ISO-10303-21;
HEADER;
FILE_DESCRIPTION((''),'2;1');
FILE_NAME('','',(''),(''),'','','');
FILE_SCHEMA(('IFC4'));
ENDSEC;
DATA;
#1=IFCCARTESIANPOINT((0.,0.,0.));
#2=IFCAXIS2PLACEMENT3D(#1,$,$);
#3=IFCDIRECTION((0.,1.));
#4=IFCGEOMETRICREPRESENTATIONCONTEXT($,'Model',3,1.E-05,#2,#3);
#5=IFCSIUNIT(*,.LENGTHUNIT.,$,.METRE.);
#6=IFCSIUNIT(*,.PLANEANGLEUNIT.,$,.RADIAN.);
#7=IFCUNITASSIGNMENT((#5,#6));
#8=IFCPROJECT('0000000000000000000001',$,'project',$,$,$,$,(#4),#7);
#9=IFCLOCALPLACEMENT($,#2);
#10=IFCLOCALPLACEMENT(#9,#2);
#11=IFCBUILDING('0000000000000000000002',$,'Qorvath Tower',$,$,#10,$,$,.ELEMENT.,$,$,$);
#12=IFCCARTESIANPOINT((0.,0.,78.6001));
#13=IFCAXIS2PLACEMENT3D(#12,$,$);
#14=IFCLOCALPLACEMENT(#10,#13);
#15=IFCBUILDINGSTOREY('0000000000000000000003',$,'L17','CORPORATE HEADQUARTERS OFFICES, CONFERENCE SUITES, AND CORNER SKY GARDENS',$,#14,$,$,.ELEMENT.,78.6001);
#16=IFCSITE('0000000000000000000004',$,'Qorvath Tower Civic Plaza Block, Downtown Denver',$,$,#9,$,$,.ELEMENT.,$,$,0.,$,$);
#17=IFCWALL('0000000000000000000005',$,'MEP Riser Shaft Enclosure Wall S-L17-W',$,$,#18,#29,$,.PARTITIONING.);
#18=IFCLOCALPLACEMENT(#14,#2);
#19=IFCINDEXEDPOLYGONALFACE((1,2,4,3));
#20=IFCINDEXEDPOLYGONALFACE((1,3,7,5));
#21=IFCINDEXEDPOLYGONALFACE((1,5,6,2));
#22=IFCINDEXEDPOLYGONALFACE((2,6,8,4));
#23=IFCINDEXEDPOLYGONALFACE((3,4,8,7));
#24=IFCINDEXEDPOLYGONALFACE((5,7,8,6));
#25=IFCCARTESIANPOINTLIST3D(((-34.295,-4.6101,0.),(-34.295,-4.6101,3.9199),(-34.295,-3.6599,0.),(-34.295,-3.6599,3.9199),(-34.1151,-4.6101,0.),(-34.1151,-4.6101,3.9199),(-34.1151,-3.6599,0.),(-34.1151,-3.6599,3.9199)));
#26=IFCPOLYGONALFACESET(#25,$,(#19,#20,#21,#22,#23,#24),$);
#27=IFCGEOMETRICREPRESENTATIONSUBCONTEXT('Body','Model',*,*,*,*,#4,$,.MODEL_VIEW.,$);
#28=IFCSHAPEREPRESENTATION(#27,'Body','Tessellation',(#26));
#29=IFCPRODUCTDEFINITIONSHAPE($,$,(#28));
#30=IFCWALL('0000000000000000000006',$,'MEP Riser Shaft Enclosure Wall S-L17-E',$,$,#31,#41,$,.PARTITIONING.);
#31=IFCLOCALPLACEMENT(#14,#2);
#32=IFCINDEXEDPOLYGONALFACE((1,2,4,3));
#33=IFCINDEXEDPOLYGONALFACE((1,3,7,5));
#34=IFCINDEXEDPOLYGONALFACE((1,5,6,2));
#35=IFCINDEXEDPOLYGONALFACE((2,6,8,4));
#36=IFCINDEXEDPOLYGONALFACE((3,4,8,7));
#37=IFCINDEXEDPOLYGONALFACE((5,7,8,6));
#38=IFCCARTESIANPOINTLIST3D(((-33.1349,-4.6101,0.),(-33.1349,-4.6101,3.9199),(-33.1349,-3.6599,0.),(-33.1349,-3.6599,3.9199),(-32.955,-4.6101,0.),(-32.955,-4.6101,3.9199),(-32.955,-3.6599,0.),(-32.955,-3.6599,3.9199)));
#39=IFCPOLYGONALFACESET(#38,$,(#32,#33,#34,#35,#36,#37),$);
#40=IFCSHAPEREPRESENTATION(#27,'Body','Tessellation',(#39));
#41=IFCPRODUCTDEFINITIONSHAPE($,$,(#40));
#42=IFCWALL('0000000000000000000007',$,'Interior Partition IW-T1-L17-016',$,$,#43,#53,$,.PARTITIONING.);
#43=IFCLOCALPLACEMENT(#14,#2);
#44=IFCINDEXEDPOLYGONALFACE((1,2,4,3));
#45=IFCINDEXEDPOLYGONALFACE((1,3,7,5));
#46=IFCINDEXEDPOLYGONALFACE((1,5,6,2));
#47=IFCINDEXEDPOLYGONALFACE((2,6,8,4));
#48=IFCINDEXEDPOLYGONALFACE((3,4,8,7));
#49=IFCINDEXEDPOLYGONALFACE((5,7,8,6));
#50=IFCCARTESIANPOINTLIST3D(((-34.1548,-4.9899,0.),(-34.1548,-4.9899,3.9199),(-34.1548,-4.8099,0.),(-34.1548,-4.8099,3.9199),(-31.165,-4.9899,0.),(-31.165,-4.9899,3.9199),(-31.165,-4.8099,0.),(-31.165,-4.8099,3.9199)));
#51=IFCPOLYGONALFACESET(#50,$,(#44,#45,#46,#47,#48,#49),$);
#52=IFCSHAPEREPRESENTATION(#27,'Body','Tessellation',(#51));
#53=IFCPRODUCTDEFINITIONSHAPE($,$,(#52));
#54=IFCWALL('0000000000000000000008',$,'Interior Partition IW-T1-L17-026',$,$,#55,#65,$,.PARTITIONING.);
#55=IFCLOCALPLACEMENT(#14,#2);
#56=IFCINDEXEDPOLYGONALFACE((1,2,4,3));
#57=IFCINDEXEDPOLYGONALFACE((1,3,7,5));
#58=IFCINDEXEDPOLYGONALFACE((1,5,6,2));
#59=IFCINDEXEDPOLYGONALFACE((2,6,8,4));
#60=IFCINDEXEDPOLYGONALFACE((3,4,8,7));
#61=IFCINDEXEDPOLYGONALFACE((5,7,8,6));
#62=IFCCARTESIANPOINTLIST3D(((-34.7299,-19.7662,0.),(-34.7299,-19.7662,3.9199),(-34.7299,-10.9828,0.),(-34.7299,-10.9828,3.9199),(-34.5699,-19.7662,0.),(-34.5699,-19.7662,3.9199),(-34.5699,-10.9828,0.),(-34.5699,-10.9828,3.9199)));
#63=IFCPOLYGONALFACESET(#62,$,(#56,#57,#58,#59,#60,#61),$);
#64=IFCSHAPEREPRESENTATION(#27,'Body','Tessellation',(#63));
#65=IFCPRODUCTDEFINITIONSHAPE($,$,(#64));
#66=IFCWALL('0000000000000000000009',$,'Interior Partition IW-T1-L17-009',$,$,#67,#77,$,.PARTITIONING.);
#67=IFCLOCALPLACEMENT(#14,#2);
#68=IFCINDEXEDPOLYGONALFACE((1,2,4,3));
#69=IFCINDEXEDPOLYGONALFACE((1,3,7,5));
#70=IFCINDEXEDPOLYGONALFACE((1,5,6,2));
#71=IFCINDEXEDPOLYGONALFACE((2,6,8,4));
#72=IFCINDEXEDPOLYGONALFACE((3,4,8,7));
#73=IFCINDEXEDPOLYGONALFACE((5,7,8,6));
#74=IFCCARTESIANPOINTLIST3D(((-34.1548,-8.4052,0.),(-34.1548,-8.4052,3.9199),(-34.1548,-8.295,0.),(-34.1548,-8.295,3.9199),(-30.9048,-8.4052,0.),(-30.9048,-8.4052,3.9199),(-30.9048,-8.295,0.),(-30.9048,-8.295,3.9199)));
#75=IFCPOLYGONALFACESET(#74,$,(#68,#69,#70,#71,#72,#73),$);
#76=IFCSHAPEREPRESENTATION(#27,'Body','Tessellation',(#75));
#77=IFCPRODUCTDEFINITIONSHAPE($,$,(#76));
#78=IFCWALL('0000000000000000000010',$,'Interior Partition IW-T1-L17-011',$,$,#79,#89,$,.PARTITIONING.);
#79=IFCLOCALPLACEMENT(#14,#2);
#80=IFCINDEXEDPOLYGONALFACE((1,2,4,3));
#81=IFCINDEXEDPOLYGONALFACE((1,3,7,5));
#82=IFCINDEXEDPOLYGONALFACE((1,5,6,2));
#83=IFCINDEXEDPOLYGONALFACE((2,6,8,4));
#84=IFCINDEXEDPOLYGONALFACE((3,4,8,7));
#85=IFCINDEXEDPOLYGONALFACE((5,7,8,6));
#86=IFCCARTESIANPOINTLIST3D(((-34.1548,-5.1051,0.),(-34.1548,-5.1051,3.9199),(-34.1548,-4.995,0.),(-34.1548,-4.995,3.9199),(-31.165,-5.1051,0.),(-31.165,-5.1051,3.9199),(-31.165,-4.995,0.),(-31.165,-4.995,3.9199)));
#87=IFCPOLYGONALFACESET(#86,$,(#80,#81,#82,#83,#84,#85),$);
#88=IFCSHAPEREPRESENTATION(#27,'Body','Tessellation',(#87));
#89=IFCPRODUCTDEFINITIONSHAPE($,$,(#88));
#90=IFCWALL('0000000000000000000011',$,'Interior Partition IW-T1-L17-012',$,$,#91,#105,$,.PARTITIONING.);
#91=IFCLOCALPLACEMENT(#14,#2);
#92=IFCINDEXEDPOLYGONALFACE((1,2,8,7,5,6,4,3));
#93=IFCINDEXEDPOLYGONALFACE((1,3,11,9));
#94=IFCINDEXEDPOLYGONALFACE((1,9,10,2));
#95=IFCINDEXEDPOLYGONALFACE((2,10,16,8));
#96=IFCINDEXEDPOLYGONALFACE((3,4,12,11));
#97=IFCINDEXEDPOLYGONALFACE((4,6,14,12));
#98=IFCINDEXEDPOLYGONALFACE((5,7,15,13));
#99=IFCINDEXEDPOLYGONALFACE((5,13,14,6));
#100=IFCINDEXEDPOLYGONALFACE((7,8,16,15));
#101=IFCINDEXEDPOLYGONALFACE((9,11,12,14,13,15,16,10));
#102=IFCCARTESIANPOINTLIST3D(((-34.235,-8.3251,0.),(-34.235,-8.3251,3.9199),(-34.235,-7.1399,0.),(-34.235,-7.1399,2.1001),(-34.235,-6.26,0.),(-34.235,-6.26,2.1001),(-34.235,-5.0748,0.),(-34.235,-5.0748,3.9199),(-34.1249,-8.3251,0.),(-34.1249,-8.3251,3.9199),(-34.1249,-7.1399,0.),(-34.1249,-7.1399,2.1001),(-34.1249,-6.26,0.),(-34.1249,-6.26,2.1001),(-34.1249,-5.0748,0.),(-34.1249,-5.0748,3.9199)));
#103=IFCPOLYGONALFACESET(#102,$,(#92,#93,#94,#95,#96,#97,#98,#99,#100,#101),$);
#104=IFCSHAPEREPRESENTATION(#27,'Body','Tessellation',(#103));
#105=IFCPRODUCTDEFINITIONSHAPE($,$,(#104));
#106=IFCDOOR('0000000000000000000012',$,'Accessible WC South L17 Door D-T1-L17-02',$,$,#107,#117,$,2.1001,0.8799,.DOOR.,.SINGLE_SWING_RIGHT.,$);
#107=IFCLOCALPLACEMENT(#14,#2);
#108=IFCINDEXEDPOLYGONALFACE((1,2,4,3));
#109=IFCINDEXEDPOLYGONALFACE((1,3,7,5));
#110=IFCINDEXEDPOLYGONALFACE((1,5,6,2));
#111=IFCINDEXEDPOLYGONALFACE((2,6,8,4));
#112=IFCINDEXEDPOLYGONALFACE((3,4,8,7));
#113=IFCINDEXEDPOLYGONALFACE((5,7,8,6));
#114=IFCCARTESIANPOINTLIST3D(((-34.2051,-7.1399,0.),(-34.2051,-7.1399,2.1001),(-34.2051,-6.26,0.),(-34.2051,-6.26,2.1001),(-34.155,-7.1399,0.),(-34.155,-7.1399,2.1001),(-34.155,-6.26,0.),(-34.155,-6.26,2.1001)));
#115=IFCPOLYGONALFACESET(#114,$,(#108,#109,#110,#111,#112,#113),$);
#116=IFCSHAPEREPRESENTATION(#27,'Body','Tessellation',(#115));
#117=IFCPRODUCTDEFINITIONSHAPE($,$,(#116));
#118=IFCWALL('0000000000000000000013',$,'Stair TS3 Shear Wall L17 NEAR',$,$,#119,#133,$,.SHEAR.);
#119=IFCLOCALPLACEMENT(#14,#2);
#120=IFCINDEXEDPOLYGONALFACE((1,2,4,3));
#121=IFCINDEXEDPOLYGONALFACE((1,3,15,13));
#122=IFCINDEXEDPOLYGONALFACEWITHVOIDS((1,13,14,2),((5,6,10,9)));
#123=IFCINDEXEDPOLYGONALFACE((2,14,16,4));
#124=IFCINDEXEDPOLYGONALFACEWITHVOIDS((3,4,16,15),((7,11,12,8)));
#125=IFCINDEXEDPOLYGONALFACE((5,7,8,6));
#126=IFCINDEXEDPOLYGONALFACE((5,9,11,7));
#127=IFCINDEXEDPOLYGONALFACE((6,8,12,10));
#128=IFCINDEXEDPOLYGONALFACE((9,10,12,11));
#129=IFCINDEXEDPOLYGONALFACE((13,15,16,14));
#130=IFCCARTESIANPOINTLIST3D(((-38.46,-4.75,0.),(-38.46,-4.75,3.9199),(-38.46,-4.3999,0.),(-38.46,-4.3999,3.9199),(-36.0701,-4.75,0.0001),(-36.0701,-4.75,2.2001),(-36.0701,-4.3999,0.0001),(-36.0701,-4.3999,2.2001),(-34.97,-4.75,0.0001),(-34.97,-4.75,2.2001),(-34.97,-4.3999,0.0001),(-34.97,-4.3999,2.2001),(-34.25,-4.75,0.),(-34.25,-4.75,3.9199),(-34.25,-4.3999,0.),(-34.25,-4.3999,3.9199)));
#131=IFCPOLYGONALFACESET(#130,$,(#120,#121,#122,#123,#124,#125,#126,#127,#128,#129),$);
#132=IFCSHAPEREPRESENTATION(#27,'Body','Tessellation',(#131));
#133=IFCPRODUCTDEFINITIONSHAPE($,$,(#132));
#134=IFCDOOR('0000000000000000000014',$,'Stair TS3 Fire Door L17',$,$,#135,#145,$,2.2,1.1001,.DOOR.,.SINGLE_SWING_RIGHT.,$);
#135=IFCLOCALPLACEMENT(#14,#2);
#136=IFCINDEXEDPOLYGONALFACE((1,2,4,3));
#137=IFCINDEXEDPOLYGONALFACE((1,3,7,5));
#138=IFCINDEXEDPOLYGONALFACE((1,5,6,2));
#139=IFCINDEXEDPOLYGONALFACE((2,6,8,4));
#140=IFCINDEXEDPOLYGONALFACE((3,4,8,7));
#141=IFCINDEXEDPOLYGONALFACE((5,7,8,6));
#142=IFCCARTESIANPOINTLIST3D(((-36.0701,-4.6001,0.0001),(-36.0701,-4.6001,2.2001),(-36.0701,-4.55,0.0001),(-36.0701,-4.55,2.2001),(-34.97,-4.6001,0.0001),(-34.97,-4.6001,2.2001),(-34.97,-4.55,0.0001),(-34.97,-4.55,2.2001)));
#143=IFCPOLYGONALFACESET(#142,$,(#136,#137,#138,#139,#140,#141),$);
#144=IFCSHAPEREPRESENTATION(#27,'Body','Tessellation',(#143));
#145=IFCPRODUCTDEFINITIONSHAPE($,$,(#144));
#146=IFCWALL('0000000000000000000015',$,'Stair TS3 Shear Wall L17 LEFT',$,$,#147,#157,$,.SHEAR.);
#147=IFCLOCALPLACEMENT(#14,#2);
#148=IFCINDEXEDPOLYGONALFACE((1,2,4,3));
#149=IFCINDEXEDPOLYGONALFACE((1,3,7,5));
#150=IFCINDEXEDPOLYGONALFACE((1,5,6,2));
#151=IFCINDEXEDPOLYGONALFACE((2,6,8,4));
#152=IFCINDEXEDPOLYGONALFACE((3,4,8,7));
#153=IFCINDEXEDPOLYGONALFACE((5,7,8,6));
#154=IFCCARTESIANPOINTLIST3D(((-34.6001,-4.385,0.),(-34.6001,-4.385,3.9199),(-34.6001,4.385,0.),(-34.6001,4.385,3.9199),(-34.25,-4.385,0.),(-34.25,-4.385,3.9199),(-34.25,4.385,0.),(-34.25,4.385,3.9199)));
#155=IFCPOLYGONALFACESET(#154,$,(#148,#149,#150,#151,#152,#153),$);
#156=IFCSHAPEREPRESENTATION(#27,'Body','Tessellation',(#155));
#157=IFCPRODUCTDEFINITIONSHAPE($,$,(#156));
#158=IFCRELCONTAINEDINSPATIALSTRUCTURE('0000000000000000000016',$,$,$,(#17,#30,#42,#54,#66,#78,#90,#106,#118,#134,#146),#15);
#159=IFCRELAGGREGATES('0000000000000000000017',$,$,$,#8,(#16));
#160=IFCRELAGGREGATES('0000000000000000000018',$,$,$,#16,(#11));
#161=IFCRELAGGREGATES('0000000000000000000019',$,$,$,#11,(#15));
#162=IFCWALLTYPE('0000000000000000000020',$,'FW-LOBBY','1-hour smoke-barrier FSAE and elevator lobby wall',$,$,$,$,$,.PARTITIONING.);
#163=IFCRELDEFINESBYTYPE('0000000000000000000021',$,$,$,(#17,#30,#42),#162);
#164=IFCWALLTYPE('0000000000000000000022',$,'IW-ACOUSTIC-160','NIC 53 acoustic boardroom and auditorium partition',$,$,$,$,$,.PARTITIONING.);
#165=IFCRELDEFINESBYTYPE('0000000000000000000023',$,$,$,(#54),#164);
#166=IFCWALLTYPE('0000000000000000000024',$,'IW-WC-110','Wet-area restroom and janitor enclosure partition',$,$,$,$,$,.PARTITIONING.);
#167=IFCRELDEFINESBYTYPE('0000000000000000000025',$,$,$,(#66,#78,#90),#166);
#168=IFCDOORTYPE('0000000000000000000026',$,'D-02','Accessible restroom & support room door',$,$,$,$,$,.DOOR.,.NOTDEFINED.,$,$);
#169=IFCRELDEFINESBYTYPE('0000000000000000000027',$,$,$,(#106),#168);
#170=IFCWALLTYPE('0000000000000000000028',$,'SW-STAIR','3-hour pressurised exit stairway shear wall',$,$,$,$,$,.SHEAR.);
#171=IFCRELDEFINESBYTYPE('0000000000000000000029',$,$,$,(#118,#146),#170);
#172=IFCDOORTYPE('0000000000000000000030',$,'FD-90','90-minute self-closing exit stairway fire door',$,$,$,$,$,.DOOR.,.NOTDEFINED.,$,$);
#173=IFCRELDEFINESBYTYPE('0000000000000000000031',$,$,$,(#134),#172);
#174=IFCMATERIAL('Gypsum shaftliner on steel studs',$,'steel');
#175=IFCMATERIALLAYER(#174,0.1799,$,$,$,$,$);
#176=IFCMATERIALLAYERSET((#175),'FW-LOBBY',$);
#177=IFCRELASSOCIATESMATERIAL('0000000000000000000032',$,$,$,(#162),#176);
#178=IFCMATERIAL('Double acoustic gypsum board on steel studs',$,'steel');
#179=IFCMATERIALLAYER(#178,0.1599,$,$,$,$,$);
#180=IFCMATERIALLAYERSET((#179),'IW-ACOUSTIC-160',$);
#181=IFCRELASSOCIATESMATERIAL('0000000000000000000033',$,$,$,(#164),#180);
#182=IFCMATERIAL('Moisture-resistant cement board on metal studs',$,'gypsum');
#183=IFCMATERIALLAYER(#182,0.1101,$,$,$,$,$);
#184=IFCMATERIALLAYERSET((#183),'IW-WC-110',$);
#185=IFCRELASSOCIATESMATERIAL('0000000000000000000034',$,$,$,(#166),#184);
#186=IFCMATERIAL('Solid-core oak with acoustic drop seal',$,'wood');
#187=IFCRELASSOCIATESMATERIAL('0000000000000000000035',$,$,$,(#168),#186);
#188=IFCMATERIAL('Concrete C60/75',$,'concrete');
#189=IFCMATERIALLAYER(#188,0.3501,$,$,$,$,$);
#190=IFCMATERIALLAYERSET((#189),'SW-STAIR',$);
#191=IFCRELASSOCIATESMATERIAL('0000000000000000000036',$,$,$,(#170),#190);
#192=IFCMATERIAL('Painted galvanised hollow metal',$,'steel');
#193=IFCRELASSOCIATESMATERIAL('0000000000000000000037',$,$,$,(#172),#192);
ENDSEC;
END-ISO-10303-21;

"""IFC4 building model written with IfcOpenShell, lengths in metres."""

from ifc_helpers import new_model, si_unit, direction, frame, frame_2d, origin, place, context, subcontext, project, spatial, rectangle, extrude, material, layer, layer_set, type_object, element, fill, save


model = new_model("IFC4")

# Units and contexts
model_context = context("Model", 3, precision=1e-05, world=origin(), true_north=direction((0.0, 1.0)))
body_context = subcontext(model_context, "Body", "Model", "MODEL_VIEW")
ifc_project = project(units=[si_unit("LENGTHUNIT", "METRE"), si_unit("PLANEANGLEUNIT", "RADIAN")], contexts=[model_context])

# Site, building, storey
site_placement = place(None, origin())
site = spatial("IfcSite", under=ifc_project, at=site_placement, Name="Qorvath Tower Civic Plaza Block, Downtown Denver", CompositionType="ELEMENT", RefElevation=0.0)
building_placement = place(site_placement, origin())
building = spatial("IfcBuilding", under=site, at=building_placement, Name="Qorvath Tower", CompositionType="ELEMENT")
storey_placement = place(building_placement, frame((0.0, 0.0, 78.6001)))
storey = spatial("IfcBuildingStorey", under=building, at=storey_placement, Name="L17", Description="CORPORATE HEADQUARTERS OFFICES, CONFERENCE SUITES, AND CORNER SKY GARDENS", CompositionType="ELEMENT", Elevation=78.6001)

# Walls
ifc_material_1 = material(Name="Gypsum shaftliner on steel studs", Category="steel")
ifc_layer_1 = layer(ifc_material_1, 0.1799)
ifc_layer_set_1 = layer_set([ifc_layer_1], Name="FW-LOBBY")
wall_type_1 = type_object("IfcWallType", Name="FW-LOBBY", Description="1-hour smoke-barrier FSAE and elevator lobby wall", PredefinedType="PARTITIONING", material=ifc_layer_set_1)
for number, where, z_axis, x_axis, name in (
    (1, (-34.2051, -4.6101, 0.0), (0.0, 0.0, 1.0), (0.0, 1.0, 0.0), "MEP Riser Shaft Enclosure Wall S-L17-W"),
    (2, (-33.0449, -3.6599, 0.0), (0.0, 0.0, 1.0), (0.0, -1.0, 0.0), "MEP Riser Shaft Enclosure Wall S-L17-E"),
):
    element("IfcWall", number, at=place(storey_placement, frame(where, z_axis=z_axis, x_axis=x_axis)), inside=storey, type_object=wall_type_1, Name=name, PredefinedType="PARTITIONING", context=body_context, shape_type="SweptSolid", body=[
        extrude(rectangle(XDim=0.9502, YDim=0.1799, at=frame_2d((0.4751, 0.0))), origin(), (0.0, 0.0, 1.0), 3.9199),
    ])
wall_1_placement = place(storey_placement, frame((-34.1548, -4.8999, 0.0), z_axis=(0.0, 0.0, 1.0), x_axis=(1.0, 0.0, 0.0)))
element("IfcWall", 3, at=wall_1_placement, inside=storey, type_object=wall_type_1, Name="Interior Partition IW-T1-L17-016", PredefinedType="PARTITIONING", context=body_context, shape_type="SweptSolid", body=[
    extrude(rectangle(XDim=2.9897, YDim=0.1799, at=frame_2d((1.4949, 0.0))), origin(), (0.0, 0.0, 1.0), 3.9199),
])
ifc_material_2 = material(Name="Double acoustic gypsum board on steel studs", Category="steel")
ifc_layer_2 = layer(ifc_material_2, 0.1599)
ifc_layer_set_2 = layer_set([ifc_layer_2], Name="IW-ACOUSTIC-160")
wall_type_2 = type_object("IfcWallType", Name="IW-ACOUSTIC-160", Description="NIC 53 acoustic boardroom and auditorium partition", PredefinedType="PARTITIONING", material=ifc_layer_set_2)
wall_2_placement = place(storey_placement, frame((-34.6499, -10.9829, 0.0), z_axis=(0.0, 0.0, 1.0), x_axis=(0.0, -1.0, 0.0)))
element("IfcWall", 4, at=wall_2_placement, inside=storey, type_object=wall_type_2, Name="Interior Partition IW-T1-L17-026", PredefinedType="PARTITIONING", context=body_context, shape_type="SweptSolid", body=[
    extrude(rectangle(XDim=8.7834, YDim=0.1599, at=frame_2d((4.3916, 0.0))), origin(), (0.0, 0.0, 1.0), 3.9199),
])
ifc_material_3 = material(Name="Moisture-resistant cement board on metal studs", Category="gypsum")
ifc_layer_3 = layer(ifc_material_3, 0.1101)
ifc_layer_set_3 = layer_set([ifc_layer_3], Name="IW-WC-110")
wall_type_3 = type_object("IfcWallType", Name="IW-WC-110", Description="Wet-area restroom and janitor enclosure partition", PredefinedType="PARTITIONING", material=ifc_layer_set_3)
wall_3_placement = place(storey_placement, frame((-34.1548, -8.3501, 0.0), z_axis=(0.0, 0.0, 1.0), x_axis=(1.0, 0.0, 0.0)))
element("IfcWall", 5, at=wall_3_placement, inside=storey, type_object=wall_type_3, Name="Interior Partition IW-T1-L17-009", PredefinedType="PARTITIONING", context=body_context, shape_type="SweptSolid", body=[
    extrude(rectangle(XDim=3.25, YDim=0.1101, at=frame_2d((1.625, 0.0))), origin(), (0.0, 0.0, 1.0), 3.9199),
])
wall_4_placement = place(storey_placement, frame((-31.165, -5.05, 0.0), z_axis=(0.0, 0.0, 1.0), x_axis=(-1.0, 0.0, 0.0)))
element("IfcWall", 6, at=wall_4_placement, inside=storey, type_object=wall_type_3, Name="Interior Partition IW-T1-L17-011", PredefinedType="PARTITIONING", context=body_context, shape_type="SweptSolid", body=[
    extrude(rectangle(XDim=2.9897, YDim=0.1101, at=frame_2d((1.4949, 0.0))), origin(), (0.0, 0.0, 1.0), 3.9199),
])

# Walls, openings, doors
wall_5_placement = place(storey_placement, frame((-34.1799, -5.075, 0.0), z_axis=(0.0, 0.0, 1.0), x_axis=(0.0, -1.0, 0.0)))
wall_5 = element("IfcWall", 7, at=wall_5_placement, inside=storey, type_object=wall_type_3, Name="Interior Partition IW-T1-L17-012", PredefinedType="PARTITIONING", context=body_context, shape_type="SweptSolid", body=[
    extrude(rectangle(XDim=3.2502, YDim=0.1101, at=frame_2d((1.625, 0.0))), origin(), (0.0, 0.0, 1.0), 3.9199),
])
opening_1_placement = place(wall_5_placement, frame((1.1851, 0.0, 0.0)))
opening_1 = element("IfcOpeningElement", 8, at=opening_1_placement, cuts=wall_5, PredefinedType="OPENING", context=body_context, shape_type="SweptSolid", body=[
    extrude(rectangle(XDim=0.8799, YDim=2.1001, at=frame_2d((0.4399, 1.05))), frame((0.0, 0.0649, 0.0), z_axis=(0.0, -1.0, 0.0), x_axis=(1.0, 0.0, 0.0)), (0.0, 0.0, 1.0), 0.1301),
])
ifc_material_4 = material(Name="Solid-core oak with acoustic drop seal", Category="wood")
door_type_1 = type_object("IfcDoorType", Name="D-02", Description="Accessible restroom & support room door", OperationType="NOTDEFINED", PredefinedType="DOOR", material=ifc_material_4)
door_1_placement = place(opening_1_placement, origin())
door_1 = element("IfcDoor", 9, at=door_1_placement, inside=storey, type_object=door_type_1, Name="Accessible WC South L17 Door D-T1-L17-02", OperationType="SINGLE_SWING_RIGHT", OverallHeight=2.1001, OverallWidth=0.8799, PredefinedType="DOOR", context=body_context, shape_type="SweptSolid", body=[
    extrude(rectangle(XDim=0.8799, YDim=2.1001, at=frame_2d((0.4399, 1.05))), frame((0.0, 0.0249, 0.0), z_axis=(0.0, -1.0, 0.0), x_axis=(1.0, 0.0, 0.0)), (0.0, 0.0, 1.0), 0.05),
])
fill(opening_1, door_1)
ifc_material_5 = material(Name="Concrete C60/75", Category="concrete")
ifc_layer_4 = layer(ifc_material_5, 0.3501)
ifc_layer_set_4 = layer_set([ifc_layer_4], Name="SW-STAIR")
wall_type_4 = type_object("IfcWallType", Name="SW-STAIR", Description="3-hour pressurised exit stairway shear wall", PredefinedType="SHEAR", material=ifc_layer_set_4)
wall_6_placement = place(storey_placement, frame((-38.46, -4.575, 0.0), z_axis=(0.0, 0.0, 1.0), x_axis=(1.0, 0.0, 0.0)))
wall_6 = element("IfcWall", 10, at=wall_6_placement, inside=storey, type_object=wall_type_4, Name="Stair TS3 Shear Wall L17 NEAR", PredefinedType="SHEAR", context=body_context, shape_type="SweptSolid", body=[
    extrude(rectangle(XDim=4.21, YDim=0.3501, at=frame_2d((2.105, 0.0))), origin(), (0.0, 0.0, 1.0), 3.9199),
])
opening_2_placement = place(wall_6_placement, frame((2.3899, 0.0, 0.0)))
opening_2 = element("IfcOpeningElement", 11, at=opening_2_placement, cuts=wall_6, PredefinedType="OPENING", context=body_context, shape_type="SweptSolid", body=[
    extrude(rectangle(XDim=1.1001, YDim=2.2, at=frame_2d((0.55, 1.1001))), frame((0.0, 0.1851, 0.0), z_axis=(0.0, -1.0, 0.0), x_axis=(1.0, 0.0, 0.0)), (0.0, 0.0, 1.0), 0.3701),
])
ifc_material_6 = material(Name="Painted galvanised hollow metal", Category="steel")
door_type_2 = type_object("IfcDoorType", Name="FD-90", Description="90-minute self-closing exit stairway fire door", OperationType="NOTDEFINED", PredefinedType="DOOR", material=ifc_material_6)
door_2_placement = place(opening_2_placement, origin())
door_2 = element("IfcDoor", 12, at=door_2_placement, inside=storey, type_object=door_type_2, Name="Stair TS3 Fire Door L17", OperationType="SINGLE_SWING_RIGHT", OverallHeight=2.2, OverallWidth=1.1001, PredefinedType="DOOR", context=body_context, shape_type="SweptSolid", body=[
    extrude(rectangle(XDim=1.1001, YDim=2.2, at=frame_2d((0.55, 1.1001))), frame((0.0, 0.0249, 0.0), z_axis=(0.0, -1.0, 0.0), x_axis=(1.0, 0.0, 0.0)), (0.0, 0.0, 1.0), 0.05),
])
fill(opening_2, door_2)

# Wall
wall_7_placement = place(storey_placement, frame((-34.425, -4.385, 0.0), z_axis=(0.0, 0.0, 1.0), x_axis=(0.0, 1.0, 0.0)))
element("IfcWall", 13, at=wall_7_placement, inside=storey, type_object=wall_type_4, Name="Stair TS3 Shear Wall L17 LEFT", PredefinedType="SHEAR", context=body_context, shape_type="SweptSolid", body=[
    extrude(rectangle(XDim=8.77, YDim=0.3501, at=frame_2d((4.385, 0.0))), origin(), (0.0, 0.0, 1.0), 3.9199),
])

save(model, "model.ifc")
